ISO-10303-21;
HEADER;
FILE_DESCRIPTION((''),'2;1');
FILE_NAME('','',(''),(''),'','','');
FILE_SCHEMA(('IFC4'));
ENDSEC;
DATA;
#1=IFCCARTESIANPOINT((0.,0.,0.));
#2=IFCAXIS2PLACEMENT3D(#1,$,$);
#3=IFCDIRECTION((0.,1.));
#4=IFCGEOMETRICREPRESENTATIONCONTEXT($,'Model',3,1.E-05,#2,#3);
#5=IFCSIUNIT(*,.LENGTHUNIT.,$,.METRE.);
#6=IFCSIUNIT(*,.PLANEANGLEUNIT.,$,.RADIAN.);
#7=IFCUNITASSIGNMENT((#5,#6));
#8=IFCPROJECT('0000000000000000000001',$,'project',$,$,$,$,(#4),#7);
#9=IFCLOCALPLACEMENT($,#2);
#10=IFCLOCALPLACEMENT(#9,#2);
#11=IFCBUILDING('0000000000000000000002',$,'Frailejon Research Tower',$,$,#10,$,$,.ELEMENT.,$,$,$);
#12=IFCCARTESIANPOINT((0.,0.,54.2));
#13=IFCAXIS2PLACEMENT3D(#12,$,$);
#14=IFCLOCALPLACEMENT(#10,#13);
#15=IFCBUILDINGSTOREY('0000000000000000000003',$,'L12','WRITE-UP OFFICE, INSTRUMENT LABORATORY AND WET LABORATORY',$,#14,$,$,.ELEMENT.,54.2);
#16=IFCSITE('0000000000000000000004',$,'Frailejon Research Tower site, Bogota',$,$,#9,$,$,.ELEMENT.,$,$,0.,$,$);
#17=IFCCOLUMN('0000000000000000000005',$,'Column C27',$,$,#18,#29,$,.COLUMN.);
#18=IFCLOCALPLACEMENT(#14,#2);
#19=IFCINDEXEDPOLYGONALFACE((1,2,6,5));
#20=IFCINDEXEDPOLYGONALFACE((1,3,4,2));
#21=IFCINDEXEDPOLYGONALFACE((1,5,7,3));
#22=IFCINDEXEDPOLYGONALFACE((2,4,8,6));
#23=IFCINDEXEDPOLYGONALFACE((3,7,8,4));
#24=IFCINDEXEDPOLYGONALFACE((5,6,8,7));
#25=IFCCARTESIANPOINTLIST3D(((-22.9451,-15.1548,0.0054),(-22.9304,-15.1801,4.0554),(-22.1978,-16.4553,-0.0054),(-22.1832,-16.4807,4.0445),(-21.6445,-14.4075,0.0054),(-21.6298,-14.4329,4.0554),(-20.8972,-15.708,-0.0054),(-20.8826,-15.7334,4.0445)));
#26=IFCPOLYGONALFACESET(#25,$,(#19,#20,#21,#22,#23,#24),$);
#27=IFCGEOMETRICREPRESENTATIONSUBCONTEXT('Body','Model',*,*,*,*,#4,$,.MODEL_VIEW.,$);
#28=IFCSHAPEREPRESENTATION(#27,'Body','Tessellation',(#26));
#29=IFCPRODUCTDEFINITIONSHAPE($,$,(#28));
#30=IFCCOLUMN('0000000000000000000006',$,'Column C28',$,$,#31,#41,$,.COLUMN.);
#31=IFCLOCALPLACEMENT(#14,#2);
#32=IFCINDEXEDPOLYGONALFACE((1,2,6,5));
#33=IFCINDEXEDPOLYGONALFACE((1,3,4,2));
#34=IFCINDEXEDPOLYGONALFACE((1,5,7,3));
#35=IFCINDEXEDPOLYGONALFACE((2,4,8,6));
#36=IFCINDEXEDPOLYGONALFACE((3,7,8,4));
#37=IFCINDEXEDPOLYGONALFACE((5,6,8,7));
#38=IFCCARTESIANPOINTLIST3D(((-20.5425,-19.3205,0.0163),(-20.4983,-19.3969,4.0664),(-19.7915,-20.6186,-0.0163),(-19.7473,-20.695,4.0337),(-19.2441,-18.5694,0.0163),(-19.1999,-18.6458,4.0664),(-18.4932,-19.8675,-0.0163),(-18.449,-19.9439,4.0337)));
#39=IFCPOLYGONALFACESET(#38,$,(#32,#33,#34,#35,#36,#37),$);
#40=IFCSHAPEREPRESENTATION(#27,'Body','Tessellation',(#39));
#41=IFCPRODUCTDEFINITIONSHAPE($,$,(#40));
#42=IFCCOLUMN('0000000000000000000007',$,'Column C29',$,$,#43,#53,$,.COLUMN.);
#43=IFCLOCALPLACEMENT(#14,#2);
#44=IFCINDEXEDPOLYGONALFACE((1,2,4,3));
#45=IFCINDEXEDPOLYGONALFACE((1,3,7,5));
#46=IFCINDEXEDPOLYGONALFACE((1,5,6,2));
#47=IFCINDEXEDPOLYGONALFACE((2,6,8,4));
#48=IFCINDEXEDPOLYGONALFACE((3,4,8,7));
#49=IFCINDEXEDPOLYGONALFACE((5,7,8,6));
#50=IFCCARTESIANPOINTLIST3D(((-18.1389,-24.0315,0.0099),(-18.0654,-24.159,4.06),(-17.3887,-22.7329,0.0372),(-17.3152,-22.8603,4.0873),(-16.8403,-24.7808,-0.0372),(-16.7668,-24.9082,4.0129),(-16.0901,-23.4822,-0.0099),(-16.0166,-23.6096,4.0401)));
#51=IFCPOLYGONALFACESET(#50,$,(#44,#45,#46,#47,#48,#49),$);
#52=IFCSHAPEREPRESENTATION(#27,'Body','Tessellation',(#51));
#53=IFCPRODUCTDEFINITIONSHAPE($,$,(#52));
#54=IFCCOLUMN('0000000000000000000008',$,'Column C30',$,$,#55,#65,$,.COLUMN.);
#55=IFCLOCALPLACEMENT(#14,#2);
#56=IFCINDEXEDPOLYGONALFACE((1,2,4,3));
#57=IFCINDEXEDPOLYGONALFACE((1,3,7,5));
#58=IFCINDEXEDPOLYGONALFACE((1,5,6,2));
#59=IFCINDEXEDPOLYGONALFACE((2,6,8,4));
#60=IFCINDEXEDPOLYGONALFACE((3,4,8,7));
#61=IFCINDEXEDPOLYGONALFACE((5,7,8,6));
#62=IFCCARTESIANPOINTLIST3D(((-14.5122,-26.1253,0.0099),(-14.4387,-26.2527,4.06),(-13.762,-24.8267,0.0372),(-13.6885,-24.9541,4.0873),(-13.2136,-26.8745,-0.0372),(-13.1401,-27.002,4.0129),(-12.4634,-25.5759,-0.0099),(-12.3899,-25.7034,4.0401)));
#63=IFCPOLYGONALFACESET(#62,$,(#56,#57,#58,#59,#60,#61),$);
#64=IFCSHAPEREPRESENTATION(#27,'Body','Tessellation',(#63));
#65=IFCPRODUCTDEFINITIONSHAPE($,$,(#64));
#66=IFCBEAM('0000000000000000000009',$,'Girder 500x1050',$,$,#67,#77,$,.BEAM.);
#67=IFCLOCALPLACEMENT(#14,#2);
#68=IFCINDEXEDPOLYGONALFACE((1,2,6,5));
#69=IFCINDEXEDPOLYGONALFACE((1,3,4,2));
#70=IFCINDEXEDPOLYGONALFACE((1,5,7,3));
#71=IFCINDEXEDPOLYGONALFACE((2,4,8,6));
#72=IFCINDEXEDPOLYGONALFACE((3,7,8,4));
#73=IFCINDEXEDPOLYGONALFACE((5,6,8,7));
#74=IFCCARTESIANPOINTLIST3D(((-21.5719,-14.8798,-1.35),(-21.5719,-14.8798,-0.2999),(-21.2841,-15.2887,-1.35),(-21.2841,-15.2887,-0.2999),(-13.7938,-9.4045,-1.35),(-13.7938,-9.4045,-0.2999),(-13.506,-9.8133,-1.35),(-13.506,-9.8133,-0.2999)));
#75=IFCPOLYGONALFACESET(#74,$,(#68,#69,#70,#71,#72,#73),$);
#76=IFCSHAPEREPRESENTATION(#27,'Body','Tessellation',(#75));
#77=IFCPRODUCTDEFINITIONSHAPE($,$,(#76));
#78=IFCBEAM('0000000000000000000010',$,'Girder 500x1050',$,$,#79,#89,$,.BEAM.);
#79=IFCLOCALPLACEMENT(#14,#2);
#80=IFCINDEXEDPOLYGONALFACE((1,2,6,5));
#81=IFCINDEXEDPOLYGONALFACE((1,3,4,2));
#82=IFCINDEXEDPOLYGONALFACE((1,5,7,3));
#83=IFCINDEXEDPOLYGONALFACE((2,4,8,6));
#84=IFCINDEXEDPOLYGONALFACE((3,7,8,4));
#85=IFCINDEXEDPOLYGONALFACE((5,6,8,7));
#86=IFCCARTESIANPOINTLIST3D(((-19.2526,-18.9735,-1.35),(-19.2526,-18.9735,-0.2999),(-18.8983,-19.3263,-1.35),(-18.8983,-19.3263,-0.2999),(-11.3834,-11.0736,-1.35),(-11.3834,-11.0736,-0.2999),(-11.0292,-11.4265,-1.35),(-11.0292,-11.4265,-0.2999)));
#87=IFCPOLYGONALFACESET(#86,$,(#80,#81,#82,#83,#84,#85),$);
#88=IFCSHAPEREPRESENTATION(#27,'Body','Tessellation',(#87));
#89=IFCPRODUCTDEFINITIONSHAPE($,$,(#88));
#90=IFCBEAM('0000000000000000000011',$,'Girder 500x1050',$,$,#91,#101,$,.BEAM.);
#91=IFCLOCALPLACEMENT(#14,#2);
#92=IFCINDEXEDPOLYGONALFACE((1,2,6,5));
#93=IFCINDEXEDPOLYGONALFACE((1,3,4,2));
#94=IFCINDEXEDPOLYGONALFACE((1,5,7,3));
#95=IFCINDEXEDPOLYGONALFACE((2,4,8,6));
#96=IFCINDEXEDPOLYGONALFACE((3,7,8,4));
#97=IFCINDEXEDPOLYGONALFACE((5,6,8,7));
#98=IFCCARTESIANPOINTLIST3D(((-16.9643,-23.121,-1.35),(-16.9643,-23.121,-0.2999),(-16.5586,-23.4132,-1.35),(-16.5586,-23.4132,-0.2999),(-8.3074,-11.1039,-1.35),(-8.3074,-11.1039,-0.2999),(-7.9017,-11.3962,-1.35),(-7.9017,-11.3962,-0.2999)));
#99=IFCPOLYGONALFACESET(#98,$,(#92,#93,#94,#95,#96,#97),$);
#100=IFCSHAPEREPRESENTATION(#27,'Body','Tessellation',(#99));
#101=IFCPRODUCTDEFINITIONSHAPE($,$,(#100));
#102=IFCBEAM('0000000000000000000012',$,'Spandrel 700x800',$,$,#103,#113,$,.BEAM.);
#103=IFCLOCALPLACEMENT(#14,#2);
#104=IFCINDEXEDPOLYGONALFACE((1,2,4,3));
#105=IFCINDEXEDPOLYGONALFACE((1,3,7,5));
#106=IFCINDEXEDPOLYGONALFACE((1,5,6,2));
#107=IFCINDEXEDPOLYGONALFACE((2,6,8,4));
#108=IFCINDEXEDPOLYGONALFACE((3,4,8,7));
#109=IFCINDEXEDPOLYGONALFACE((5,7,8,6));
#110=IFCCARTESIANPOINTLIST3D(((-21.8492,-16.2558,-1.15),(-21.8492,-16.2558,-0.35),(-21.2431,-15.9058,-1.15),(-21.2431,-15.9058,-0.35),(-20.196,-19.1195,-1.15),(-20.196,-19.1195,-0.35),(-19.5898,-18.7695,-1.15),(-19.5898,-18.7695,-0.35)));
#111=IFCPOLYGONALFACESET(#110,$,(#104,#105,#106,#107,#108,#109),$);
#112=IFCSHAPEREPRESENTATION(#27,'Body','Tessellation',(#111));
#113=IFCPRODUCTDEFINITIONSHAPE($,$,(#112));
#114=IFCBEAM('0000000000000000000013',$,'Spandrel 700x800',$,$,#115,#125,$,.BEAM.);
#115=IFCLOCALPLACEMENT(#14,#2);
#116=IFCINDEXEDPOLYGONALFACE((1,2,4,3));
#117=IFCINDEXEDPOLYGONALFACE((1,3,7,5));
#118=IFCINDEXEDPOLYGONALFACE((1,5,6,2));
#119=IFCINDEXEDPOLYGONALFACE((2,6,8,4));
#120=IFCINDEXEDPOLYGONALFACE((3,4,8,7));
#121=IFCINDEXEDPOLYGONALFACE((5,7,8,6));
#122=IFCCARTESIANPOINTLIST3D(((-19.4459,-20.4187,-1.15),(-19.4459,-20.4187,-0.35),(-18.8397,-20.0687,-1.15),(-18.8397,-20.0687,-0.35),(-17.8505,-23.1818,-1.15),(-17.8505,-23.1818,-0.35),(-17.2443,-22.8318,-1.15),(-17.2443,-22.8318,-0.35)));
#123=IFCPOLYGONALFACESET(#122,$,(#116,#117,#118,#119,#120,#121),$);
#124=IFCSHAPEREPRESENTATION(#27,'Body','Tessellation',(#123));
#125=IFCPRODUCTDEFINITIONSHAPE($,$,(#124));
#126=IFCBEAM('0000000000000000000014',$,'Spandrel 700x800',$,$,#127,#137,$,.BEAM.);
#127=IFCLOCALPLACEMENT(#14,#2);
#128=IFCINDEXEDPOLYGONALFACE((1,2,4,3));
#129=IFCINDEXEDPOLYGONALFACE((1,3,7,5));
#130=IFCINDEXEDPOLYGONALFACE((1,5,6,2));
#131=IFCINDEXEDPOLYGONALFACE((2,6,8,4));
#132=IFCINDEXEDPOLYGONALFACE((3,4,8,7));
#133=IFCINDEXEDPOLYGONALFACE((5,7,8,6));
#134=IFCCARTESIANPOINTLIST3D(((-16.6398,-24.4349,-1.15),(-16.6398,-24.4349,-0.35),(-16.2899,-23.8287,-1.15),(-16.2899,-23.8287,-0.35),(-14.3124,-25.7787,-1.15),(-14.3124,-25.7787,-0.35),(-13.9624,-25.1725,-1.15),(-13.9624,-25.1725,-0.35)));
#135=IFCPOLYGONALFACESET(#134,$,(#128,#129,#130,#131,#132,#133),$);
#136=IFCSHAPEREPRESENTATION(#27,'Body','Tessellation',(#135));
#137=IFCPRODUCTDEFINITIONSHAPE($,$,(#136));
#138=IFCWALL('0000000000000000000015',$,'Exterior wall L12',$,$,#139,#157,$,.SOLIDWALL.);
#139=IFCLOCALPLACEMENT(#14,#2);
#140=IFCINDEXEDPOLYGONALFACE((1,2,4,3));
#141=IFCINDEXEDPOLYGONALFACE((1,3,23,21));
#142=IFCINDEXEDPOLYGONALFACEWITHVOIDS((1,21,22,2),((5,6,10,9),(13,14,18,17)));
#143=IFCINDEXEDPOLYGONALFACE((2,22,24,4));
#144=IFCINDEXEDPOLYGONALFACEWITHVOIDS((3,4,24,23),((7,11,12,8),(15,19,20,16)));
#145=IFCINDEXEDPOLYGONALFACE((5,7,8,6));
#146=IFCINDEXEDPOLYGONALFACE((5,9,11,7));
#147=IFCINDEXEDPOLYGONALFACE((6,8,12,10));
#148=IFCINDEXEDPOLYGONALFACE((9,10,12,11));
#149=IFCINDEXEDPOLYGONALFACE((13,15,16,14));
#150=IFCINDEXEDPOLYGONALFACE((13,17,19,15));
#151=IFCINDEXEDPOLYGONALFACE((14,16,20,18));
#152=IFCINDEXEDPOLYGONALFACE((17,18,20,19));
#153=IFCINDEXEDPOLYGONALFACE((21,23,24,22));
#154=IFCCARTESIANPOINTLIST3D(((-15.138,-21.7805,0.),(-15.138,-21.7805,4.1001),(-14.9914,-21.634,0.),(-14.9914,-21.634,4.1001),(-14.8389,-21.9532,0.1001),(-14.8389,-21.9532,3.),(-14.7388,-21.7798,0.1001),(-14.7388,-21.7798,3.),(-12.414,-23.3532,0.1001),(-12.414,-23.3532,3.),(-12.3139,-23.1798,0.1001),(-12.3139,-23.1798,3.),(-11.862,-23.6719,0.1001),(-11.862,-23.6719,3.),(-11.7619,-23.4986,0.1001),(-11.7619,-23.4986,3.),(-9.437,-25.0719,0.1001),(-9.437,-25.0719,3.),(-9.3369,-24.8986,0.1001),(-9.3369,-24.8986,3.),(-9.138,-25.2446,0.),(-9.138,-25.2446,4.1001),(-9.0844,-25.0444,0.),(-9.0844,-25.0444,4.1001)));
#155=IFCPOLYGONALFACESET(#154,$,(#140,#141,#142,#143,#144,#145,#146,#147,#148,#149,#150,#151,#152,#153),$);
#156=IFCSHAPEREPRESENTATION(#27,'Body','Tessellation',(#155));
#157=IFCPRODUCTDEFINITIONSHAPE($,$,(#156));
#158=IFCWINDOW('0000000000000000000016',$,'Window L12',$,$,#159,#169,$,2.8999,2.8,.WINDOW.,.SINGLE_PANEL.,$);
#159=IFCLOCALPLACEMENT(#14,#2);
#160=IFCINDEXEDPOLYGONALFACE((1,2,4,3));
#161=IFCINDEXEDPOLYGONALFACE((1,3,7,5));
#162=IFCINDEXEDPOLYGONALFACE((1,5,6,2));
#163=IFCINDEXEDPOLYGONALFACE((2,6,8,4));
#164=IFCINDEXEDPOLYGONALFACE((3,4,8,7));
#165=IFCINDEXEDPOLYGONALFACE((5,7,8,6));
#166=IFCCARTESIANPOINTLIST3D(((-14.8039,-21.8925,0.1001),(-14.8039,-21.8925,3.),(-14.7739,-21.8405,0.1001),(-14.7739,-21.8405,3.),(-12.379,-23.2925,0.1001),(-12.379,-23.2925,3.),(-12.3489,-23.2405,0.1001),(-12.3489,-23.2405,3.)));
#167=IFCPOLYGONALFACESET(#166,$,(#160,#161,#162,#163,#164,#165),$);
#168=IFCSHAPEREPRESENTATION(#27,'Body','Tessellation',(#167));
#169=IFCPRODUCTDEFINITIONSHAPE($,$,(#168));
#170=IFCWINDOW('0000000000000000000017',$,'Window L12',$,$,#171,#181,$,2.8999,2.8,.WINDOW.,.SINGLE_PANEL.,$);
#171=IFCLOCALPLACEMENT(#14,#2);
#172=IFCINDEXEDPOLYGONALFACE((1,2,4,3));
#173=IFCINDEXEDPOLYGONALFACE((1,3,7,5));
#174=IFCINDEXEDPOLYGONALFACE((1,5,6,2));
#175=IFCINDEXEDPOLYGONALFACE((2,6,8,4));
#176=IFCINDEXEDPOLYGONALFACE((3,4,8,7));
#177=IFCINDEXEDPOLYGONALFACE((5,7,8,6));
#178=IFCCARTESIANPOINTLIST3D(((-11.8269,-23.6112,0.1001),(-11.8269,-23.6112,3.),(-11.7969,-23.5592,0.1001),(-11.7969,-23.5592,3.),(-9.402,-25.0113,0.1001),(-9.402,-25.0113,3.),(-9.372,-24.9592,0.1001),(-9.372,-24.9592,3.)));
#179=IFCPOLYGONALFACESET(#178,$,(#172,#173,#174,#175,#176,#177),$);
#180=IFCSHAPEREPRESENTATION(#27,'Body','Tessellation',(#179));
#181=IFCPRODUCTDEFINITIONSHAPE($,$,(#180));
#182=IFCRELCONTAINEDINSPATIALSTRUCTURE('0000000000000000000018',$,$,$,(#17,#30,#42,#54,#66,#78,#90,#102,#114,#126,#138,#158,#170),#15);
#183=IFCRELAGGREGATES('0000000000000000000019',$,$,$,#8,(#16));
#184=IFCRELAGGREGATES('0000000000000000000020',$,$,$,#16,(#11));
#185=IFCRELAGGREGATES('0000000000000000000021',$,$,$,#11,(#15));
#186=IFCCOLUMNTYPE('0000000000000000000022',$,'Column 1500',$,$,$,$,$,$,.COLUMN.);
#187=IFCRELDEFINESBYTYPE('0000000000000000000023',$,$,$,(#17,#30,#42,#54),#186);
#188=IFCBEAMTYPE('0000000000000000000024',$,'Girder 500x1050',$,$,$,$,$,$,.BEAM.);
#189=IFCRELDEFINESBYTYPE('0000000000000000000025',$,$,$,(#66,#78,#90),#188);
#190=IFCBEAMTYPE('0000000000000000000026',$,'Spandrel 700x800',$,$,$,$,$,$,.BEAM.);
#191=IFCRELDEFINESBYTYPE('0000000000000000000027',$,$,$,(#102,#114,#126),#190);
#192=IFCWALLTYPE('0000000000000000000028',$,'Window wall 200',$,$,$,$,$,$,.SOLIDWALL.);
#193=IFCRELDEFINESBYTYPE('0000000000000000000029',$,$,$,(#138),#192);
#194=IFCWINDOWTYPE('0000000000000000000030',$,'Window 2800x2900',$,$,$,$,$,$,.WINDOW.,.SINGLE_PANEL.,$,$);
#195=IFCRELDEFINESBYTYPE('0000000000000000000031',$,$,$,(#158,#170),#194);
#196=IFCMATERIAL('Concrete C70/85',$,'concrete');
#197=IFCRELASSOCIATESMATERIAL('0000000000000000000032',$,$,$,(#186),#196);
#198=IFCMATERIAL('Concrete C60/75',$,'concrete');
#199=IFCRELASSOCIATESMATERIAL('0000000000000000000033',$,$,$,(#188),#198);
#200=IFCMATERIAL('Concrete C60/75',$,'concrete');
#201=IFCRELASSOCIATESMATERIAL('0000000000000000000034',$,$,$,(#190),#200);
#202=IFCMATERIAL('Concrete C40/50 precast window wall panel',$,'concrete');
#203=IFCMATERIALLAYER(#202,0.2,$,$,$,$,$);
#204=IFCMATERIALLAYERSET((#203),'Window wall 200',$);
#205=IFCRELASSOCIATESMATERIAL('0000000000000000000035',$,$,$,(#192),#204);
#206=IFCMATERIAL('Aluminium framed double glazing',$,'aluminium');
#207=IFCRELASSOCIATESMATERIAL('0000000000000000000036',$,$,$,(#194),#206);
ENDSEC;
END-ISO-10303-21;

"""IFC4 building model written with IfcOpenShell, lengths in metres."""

from ifc_helpers import new_model, si_unit, direction, frame, frame_2d, origin, origin_2d, place, context, subcontext, project, spatial, polyline, rectangle, outline, extrude, material, layer, layer_set, material_profile, profile_set, type_object, element, fill, save


model = new_model("IFC4")

# Units and contexts
model_context = context("Model", 3, precision=1e-05, world=origin(), true_north=direction((0.0, 1.0)))
body_context = subcontext(model_context, "Body", "Model", "MODEL_VIEW")
ifc_project = project(units=[si_unit("LENGTHUNIT", "METRE"), si_unit("PLANEANGLEUNIT", "RADIAN")], contexts=[model_context])

# Site, building, storey
site_placement = place(None, origin())
site = spatial("IfcSite", under=ifc_project, at=site_placement, Name="Frailejon Research Tower site, Bogota", CompositionType="ELEMENT", RefElevation=0.0)
building_placement = place(site_placement, origin())
building = spatial("IfcBuilding", under=site, at=building_placement, Name="Frailejon Research Tower", CompositionType="ELEMENT")
storey_placement = place(building_placement, frame((0.0, 0.0, 54.2)))
storey = spatial("IfcBuildingStorey", under=building, at=storey_placement, Name="L12", Description="WRITE-UP OFFICE, INSTRUMENT LABORATORY AND WET LABORATORY", CompositionType="ELEMENT", Elevation=54.2)

# Columns
ifc_material_1 = material(Name="Concrete C70/85", Category="concrete")
ifc_material_profile_1 = material_profile(ifc_material_1, rectangle(XDim=1.5, YDim=1.5, at=origin_2d()), Name="Column 1500")
ifc_profile_set_1 = profile_set([ifc_material_profile_1], Name="Concrete C70/85")
column_type = type_object("IfcColumnType", Name="Column 1500", PredefinedType="COLUMN", material=ifc_profile_set_1)
column_1_placement = place(storey_placement, frame((-21.9211, -15.4314, 0.0), z_axis=(0.003617, -0.006269, 0.999974), x_axis=(0.498177, -0.867045, -0.007238)))
element("IfcColumn", 1, at=column_1_placement, inside=storey, type_object=column_type, Name="Column C27", PredefinedType="COLUMN", context=body_context, shape_type="SweptSolid", body=[
    extrude(rectangle(XDim=1.5, YDim=1.5, at=origin_2d()), origin(), (0.0, 0.0, 1.0), 4.05),
])
column_2_placement = place(storey_placement, frame((-19.5178, -19.594, 0.0), z_axis=(0.010908, -0.018863, 0.999763), x_axis=(0.500638, -0.865382, -0.02179)))
element("IfcColumn", 2, at=column_2_placement, inside=storey, type_object=column_type, Name="Column C28", PredefinedType="COLUMN", context=body_context, shape_type="SweptSolid", body=[
    extrude(rectangle(XDim=1.5, YDim=1.5, at=origin_2d()), origin(), (0.0, 0.0, 1.0), 4.051),
])
for number, where, z_axis, x_axis, name in (
    (3, (-17.1145, -23.7568, 0.0), (0.018133, -0.031446, 0.999341), (0.865741, -0.499505, -0.031426), "Column C29"),
    (4, (-13.4878, -25.8506, 0.0), (0.018133, -0.031446, 0.999341), (0.865741, -0.499505, -0.031426), "Column C30"),
):
    element("IfcColumn", number, at=place(storey_placement, frame(where, z_axis=z_axis, x_axis=x_axis)), inside=storey, type_object=column_type, Name=name, PredefinedType="COLUMN", context=body_context, shape_type="SweptSolid", body=[
        extrude(rectangle(XDim=1.5, YDim=1.5, at=origin_2d()), origin(), (0.0, 0.0, 1.0), 4.0527),
    ])

# Beams
ifc_material_2 = material(Name="Concrete C60/75", Category="concrete")
ifc_material_profile_2 = material_profile(ifc_material_2, rectangle(XDim=0.5, YDim=1.05, at=origin_2d()), Name="Girder 500x1050")
ifc_profile_set_2 = profile_set([ifc_material_profile_2], Name="Concrete C60/75")
beam_type_1 = type_object("IfcBeamType", Name="Girder 500x1050", PredefinedType="BEAM", material=ifc_profile_set_2)
beam_1_placement = place(storey_placement, frame((-21.428, -15.0842, -0.825), z_axis=(0.817713, 0.575626, 0.0), x_axis=(-0.575626, 0.817713, 0.0)))
element("IfcBeam", 5, at=beam_1_placement, inside=storey, type_object=beam_type_1, Name="Girder 500x1050", PredefinedType="BEAM", context=body_context, shape_type="SweptSolid", body=[
    extrude(rectangle(XDim=0.5, YDim=1.05, at=origin_2d()), origin(), (0.0, 0.0, 1.0), 9.512),
])
beam_2_placement = place(storey_placement, frame((-19.0754, -19.1499, -0.825), z_axis=(0.705726, 0.708485, 0.0), x_axis=(-0.708485, 0.705726, 0.0)))
element("IfcBeam", 6, at=beam_2_placement, inside=storey, type_object=beam_type_1, Name="Girder 500x1050", PredefinedType="BEAM", context=body_context, shape_type="SweptSolid", body=[
    extrude(rectangle(XDim=0.5, YDim=1.05, at=origin_2d()), origin(), (0.0, 0.0, 1.0), 11.1504),
])
beam_3_placement = place(storey_placement, frame((-16.7615, -23.2671, -0.825), z_axis=(0.584513, 0.811385, 0.0), x_axis=(-0.811385, 0.584513, 0.0)))
element("IfcBeam", 7, at=beam_3_placement, inside=storey, type_object=beam_type_1, Name="Girder 500x1050", PredefinedType="BEAM", context=body_context, shape_type="SweptSolid", body=[
    extrude(rectangle(XDim=0.5, YDim=1.05, at=origin_2d()), origin(), (0.0, 0.0, 1.0), 14.8105),
])
ifc_material_3 = material(Name="Concrete C60/75", Category="concrete")
ifc_material_profile_3 = material_profile(ifc_material_3, rectangle(XDim=0.7, YDim=0.8, at=origin_2d()), Name="Spandrel 700x800")
ifc_profile_set_3 = profile_set([ifc_material_profile_3], Name="Concrete C60/75")
beam_type_2 = type_object("IfcBeamType", Name="Spandrel 700x800", PredefinedType="BEAM", material=ifc_profile_set_3)
beam_4_placement = place(storey_placement, frame((-21.5461, -16.0808, -0.75), z_axis=(0.499982, -0.866036, 0.0), x_axis=(0.866036, 0.499982, 0.0)))
element("IfcBeam", 8, at=beam_4_placement, inside=storey, type_object=beam_type_2, Name="Spandrel 700x800", PredefinedType="BEAM", context=body_context, shape_type="SweptSolid", body=[
    extrude(rectangle(XDim=0.7, YDim=0.8, at=origin_2d()), origin(), (0.0, 0.0, 1.0), 3.3066),
])
beam_5_placement = place(storey_placement, frame((-19.1428, -20.2437, -0.75), z_axis=(0.500032, -0.866007, 0.0), x_axis=(0.866007, 0.500032, 0.0)))
element("IfcBeam", 9, at=beam_5_placement, inside=storey, type_object=beam_type_2, Name="Spandrel 700x800", PredefinedType="BEAM", context=body_context, shape_type="SweptSolid", body=[
    extrude(rectangle(XDim=0.7, YDim=0.8, at=origin_2d()), origin(), (0.0, 0.0, 1.0), 3.1907),
])
beam_6_placement = place(storey_placement, frame((-16.4648, -24.1318, -0.75), z_axis=(0.866021, -0.500008, 0.0), x_axis=(0.500008, 0.866021, 0.0)))
element("IfcBeam", 10, at=beam_6_placement, inside=storey, type_object=beam_type_2, Name="Spandrel 700x800", PredefinedType="BEAM", context=body_context, shape_type="SweptSolid", body=[
    extrude(rectangle(XDim=0.7, YDim=0.8, at=origin_2d()), origin(), (0.0, 0.0, 1.0), 2.6875),
])

# Wall, openings, windows
ifc_material_4 = material(Name="Concrete C40/50 precast window wall panel", Category="concrete")
ifc_layer_1 = layer(ifc_material_4, 0.2)
ifc_layer_set_1 = layer_set([ifc_layer_1], Name="Window wall 200")
wall_type = type_object("IfcWallType", Name="Window wall 200", PredefinedType="SOLIDWALL", material=ifc_layer_set_1)
wall_placement = place(storey_placement, frame((-15.0647, -21.7073, 0.0), z_axis=(0.0, 0.0, 1.0), x_axis=(0.866029, -0.499993, 0.0)))
wall = element("IfcWall", 11, at=wall_placement, inside=storey, type_object=wall_type, Name="Exterior wall L12", PredefinedType="SOLIDWALL", context=body_context, shape_type="SweptSolid", body=[
    extrude(outline(polyline([(-0.0269, -0.1001), (1.1279, -0.1001), (2.2825, -0.1001), (3.4373, -0.1001), (4.592, -0.1001), (5.7466, -0.1001), (6.9014, -0.1001), (6.8477, 0.1001), (5.7109, 0.1001), (4.574, 0.1001), (3.4373, 0.1001), (2.3005, 0.1001), (1.1636, 0.1001), (0.0269, 0.1001), (-0.0269, -0.1001)])), origin(), (0.0, 0.0, 1.0), 4.1001),
])
opening_1_placement = place(wall_placement, frame((0.3186, 0.0, 0.1001)))
opening_1 = element("IfcOpeningElement", 12, at=opening_1_placement, cuts=wall, PredefinedType="OPENING", context=body_context, shape_type="SweptSolid", body=[
    extrude(rectangle(XDim=2.8, YDim=2.8999, at=frame_2d((1.3999, 1.45))), frame((0.0, 0.1099, 0.0), z_axis=(0.0, -1.0, 0.0), x_axis=(1.0, 0.0, 0.0)), (0.0, 0.0, 1.0), 0.22),
])
opening_2_placement = place(wall_placement, frame((3.7561, 0.0, 0.1001)))
opening_2 = element("IfcOpeningElement", 13, at=opening_2_placement, cuts=wall, PredefinedType="OPENING", context=body_context, shape_type="SweptSolid", body=[
    extrude(rectangle(XDim=2.8, YDim=2.8999, at=frame_2d((1.3999, 1.45))), frame((0.0, 0.1099, 0.0), z_axis=(0.0, -1.0, 0.0), x_axis=(1.0, 0.0, 0.0)), (0.0, 0.0, 1.0), 0.22),
])
ifc_material_5 = material(Name="Aluminium framed double glazing", Category="aluminium")
window_type = type_object("IfcWindowType", Name="Window 2800x2900", PartitioningType="SINGLE_PANEL", PredefinedType="WINDOW", material=ifc_material_5)
window_1_placement = place(opening_1_placement, origin())
window_1 = element("IfcWindow", 14, at=window_1_placement, inside=storey, type_object=window_type, Name="Window L12", OverallHeight=2.8999, OverallWidth=2.8, PartitioningType="SINGLE_PANEL", PredefinedType="WINDOW", context=body_context, shape_type="SweptSolid", body=[
    extrude(rectangle(XDim=2.8, YDim=2.8999, at=frame_2d((1.3999, 1.45))), frame((0.0, 0.03, 0.0), z_axis=(0.0, -1.0, 0.0), x_axis=(1.0, 0.0, 0.0)), (0.0, 0.0, 1.0), 0.0601),
])
fill(opening_1, window_1)
window_2_placement = place(opening_2_placement, origin())
window_2 = element("IfcWindow", 15, at=window_2_placement, inside=storey, type_object=window_type, Name="Window L12", OverallHeight=2.8999, OverallWidth=2.8, PartitioningType="SINGLE_PANEL", PredefinedType="WINDOW", context=body_context, shape_type="SweptSolid", body=[
    extrude(rectangle(XDim=2.8, YDim=2.8999, at=frame_2d((1.3999, 1.45))), frame((0.0, 0.03, 0.0), z_axis=(0.0, -1.0, 0.0), x_axis=(1.0, 0.0, 0.0)), (0.0, 0.0, 1.0), 0.0601),
])
fill(opening_2, window_2)

save(model, "model.ifc")
